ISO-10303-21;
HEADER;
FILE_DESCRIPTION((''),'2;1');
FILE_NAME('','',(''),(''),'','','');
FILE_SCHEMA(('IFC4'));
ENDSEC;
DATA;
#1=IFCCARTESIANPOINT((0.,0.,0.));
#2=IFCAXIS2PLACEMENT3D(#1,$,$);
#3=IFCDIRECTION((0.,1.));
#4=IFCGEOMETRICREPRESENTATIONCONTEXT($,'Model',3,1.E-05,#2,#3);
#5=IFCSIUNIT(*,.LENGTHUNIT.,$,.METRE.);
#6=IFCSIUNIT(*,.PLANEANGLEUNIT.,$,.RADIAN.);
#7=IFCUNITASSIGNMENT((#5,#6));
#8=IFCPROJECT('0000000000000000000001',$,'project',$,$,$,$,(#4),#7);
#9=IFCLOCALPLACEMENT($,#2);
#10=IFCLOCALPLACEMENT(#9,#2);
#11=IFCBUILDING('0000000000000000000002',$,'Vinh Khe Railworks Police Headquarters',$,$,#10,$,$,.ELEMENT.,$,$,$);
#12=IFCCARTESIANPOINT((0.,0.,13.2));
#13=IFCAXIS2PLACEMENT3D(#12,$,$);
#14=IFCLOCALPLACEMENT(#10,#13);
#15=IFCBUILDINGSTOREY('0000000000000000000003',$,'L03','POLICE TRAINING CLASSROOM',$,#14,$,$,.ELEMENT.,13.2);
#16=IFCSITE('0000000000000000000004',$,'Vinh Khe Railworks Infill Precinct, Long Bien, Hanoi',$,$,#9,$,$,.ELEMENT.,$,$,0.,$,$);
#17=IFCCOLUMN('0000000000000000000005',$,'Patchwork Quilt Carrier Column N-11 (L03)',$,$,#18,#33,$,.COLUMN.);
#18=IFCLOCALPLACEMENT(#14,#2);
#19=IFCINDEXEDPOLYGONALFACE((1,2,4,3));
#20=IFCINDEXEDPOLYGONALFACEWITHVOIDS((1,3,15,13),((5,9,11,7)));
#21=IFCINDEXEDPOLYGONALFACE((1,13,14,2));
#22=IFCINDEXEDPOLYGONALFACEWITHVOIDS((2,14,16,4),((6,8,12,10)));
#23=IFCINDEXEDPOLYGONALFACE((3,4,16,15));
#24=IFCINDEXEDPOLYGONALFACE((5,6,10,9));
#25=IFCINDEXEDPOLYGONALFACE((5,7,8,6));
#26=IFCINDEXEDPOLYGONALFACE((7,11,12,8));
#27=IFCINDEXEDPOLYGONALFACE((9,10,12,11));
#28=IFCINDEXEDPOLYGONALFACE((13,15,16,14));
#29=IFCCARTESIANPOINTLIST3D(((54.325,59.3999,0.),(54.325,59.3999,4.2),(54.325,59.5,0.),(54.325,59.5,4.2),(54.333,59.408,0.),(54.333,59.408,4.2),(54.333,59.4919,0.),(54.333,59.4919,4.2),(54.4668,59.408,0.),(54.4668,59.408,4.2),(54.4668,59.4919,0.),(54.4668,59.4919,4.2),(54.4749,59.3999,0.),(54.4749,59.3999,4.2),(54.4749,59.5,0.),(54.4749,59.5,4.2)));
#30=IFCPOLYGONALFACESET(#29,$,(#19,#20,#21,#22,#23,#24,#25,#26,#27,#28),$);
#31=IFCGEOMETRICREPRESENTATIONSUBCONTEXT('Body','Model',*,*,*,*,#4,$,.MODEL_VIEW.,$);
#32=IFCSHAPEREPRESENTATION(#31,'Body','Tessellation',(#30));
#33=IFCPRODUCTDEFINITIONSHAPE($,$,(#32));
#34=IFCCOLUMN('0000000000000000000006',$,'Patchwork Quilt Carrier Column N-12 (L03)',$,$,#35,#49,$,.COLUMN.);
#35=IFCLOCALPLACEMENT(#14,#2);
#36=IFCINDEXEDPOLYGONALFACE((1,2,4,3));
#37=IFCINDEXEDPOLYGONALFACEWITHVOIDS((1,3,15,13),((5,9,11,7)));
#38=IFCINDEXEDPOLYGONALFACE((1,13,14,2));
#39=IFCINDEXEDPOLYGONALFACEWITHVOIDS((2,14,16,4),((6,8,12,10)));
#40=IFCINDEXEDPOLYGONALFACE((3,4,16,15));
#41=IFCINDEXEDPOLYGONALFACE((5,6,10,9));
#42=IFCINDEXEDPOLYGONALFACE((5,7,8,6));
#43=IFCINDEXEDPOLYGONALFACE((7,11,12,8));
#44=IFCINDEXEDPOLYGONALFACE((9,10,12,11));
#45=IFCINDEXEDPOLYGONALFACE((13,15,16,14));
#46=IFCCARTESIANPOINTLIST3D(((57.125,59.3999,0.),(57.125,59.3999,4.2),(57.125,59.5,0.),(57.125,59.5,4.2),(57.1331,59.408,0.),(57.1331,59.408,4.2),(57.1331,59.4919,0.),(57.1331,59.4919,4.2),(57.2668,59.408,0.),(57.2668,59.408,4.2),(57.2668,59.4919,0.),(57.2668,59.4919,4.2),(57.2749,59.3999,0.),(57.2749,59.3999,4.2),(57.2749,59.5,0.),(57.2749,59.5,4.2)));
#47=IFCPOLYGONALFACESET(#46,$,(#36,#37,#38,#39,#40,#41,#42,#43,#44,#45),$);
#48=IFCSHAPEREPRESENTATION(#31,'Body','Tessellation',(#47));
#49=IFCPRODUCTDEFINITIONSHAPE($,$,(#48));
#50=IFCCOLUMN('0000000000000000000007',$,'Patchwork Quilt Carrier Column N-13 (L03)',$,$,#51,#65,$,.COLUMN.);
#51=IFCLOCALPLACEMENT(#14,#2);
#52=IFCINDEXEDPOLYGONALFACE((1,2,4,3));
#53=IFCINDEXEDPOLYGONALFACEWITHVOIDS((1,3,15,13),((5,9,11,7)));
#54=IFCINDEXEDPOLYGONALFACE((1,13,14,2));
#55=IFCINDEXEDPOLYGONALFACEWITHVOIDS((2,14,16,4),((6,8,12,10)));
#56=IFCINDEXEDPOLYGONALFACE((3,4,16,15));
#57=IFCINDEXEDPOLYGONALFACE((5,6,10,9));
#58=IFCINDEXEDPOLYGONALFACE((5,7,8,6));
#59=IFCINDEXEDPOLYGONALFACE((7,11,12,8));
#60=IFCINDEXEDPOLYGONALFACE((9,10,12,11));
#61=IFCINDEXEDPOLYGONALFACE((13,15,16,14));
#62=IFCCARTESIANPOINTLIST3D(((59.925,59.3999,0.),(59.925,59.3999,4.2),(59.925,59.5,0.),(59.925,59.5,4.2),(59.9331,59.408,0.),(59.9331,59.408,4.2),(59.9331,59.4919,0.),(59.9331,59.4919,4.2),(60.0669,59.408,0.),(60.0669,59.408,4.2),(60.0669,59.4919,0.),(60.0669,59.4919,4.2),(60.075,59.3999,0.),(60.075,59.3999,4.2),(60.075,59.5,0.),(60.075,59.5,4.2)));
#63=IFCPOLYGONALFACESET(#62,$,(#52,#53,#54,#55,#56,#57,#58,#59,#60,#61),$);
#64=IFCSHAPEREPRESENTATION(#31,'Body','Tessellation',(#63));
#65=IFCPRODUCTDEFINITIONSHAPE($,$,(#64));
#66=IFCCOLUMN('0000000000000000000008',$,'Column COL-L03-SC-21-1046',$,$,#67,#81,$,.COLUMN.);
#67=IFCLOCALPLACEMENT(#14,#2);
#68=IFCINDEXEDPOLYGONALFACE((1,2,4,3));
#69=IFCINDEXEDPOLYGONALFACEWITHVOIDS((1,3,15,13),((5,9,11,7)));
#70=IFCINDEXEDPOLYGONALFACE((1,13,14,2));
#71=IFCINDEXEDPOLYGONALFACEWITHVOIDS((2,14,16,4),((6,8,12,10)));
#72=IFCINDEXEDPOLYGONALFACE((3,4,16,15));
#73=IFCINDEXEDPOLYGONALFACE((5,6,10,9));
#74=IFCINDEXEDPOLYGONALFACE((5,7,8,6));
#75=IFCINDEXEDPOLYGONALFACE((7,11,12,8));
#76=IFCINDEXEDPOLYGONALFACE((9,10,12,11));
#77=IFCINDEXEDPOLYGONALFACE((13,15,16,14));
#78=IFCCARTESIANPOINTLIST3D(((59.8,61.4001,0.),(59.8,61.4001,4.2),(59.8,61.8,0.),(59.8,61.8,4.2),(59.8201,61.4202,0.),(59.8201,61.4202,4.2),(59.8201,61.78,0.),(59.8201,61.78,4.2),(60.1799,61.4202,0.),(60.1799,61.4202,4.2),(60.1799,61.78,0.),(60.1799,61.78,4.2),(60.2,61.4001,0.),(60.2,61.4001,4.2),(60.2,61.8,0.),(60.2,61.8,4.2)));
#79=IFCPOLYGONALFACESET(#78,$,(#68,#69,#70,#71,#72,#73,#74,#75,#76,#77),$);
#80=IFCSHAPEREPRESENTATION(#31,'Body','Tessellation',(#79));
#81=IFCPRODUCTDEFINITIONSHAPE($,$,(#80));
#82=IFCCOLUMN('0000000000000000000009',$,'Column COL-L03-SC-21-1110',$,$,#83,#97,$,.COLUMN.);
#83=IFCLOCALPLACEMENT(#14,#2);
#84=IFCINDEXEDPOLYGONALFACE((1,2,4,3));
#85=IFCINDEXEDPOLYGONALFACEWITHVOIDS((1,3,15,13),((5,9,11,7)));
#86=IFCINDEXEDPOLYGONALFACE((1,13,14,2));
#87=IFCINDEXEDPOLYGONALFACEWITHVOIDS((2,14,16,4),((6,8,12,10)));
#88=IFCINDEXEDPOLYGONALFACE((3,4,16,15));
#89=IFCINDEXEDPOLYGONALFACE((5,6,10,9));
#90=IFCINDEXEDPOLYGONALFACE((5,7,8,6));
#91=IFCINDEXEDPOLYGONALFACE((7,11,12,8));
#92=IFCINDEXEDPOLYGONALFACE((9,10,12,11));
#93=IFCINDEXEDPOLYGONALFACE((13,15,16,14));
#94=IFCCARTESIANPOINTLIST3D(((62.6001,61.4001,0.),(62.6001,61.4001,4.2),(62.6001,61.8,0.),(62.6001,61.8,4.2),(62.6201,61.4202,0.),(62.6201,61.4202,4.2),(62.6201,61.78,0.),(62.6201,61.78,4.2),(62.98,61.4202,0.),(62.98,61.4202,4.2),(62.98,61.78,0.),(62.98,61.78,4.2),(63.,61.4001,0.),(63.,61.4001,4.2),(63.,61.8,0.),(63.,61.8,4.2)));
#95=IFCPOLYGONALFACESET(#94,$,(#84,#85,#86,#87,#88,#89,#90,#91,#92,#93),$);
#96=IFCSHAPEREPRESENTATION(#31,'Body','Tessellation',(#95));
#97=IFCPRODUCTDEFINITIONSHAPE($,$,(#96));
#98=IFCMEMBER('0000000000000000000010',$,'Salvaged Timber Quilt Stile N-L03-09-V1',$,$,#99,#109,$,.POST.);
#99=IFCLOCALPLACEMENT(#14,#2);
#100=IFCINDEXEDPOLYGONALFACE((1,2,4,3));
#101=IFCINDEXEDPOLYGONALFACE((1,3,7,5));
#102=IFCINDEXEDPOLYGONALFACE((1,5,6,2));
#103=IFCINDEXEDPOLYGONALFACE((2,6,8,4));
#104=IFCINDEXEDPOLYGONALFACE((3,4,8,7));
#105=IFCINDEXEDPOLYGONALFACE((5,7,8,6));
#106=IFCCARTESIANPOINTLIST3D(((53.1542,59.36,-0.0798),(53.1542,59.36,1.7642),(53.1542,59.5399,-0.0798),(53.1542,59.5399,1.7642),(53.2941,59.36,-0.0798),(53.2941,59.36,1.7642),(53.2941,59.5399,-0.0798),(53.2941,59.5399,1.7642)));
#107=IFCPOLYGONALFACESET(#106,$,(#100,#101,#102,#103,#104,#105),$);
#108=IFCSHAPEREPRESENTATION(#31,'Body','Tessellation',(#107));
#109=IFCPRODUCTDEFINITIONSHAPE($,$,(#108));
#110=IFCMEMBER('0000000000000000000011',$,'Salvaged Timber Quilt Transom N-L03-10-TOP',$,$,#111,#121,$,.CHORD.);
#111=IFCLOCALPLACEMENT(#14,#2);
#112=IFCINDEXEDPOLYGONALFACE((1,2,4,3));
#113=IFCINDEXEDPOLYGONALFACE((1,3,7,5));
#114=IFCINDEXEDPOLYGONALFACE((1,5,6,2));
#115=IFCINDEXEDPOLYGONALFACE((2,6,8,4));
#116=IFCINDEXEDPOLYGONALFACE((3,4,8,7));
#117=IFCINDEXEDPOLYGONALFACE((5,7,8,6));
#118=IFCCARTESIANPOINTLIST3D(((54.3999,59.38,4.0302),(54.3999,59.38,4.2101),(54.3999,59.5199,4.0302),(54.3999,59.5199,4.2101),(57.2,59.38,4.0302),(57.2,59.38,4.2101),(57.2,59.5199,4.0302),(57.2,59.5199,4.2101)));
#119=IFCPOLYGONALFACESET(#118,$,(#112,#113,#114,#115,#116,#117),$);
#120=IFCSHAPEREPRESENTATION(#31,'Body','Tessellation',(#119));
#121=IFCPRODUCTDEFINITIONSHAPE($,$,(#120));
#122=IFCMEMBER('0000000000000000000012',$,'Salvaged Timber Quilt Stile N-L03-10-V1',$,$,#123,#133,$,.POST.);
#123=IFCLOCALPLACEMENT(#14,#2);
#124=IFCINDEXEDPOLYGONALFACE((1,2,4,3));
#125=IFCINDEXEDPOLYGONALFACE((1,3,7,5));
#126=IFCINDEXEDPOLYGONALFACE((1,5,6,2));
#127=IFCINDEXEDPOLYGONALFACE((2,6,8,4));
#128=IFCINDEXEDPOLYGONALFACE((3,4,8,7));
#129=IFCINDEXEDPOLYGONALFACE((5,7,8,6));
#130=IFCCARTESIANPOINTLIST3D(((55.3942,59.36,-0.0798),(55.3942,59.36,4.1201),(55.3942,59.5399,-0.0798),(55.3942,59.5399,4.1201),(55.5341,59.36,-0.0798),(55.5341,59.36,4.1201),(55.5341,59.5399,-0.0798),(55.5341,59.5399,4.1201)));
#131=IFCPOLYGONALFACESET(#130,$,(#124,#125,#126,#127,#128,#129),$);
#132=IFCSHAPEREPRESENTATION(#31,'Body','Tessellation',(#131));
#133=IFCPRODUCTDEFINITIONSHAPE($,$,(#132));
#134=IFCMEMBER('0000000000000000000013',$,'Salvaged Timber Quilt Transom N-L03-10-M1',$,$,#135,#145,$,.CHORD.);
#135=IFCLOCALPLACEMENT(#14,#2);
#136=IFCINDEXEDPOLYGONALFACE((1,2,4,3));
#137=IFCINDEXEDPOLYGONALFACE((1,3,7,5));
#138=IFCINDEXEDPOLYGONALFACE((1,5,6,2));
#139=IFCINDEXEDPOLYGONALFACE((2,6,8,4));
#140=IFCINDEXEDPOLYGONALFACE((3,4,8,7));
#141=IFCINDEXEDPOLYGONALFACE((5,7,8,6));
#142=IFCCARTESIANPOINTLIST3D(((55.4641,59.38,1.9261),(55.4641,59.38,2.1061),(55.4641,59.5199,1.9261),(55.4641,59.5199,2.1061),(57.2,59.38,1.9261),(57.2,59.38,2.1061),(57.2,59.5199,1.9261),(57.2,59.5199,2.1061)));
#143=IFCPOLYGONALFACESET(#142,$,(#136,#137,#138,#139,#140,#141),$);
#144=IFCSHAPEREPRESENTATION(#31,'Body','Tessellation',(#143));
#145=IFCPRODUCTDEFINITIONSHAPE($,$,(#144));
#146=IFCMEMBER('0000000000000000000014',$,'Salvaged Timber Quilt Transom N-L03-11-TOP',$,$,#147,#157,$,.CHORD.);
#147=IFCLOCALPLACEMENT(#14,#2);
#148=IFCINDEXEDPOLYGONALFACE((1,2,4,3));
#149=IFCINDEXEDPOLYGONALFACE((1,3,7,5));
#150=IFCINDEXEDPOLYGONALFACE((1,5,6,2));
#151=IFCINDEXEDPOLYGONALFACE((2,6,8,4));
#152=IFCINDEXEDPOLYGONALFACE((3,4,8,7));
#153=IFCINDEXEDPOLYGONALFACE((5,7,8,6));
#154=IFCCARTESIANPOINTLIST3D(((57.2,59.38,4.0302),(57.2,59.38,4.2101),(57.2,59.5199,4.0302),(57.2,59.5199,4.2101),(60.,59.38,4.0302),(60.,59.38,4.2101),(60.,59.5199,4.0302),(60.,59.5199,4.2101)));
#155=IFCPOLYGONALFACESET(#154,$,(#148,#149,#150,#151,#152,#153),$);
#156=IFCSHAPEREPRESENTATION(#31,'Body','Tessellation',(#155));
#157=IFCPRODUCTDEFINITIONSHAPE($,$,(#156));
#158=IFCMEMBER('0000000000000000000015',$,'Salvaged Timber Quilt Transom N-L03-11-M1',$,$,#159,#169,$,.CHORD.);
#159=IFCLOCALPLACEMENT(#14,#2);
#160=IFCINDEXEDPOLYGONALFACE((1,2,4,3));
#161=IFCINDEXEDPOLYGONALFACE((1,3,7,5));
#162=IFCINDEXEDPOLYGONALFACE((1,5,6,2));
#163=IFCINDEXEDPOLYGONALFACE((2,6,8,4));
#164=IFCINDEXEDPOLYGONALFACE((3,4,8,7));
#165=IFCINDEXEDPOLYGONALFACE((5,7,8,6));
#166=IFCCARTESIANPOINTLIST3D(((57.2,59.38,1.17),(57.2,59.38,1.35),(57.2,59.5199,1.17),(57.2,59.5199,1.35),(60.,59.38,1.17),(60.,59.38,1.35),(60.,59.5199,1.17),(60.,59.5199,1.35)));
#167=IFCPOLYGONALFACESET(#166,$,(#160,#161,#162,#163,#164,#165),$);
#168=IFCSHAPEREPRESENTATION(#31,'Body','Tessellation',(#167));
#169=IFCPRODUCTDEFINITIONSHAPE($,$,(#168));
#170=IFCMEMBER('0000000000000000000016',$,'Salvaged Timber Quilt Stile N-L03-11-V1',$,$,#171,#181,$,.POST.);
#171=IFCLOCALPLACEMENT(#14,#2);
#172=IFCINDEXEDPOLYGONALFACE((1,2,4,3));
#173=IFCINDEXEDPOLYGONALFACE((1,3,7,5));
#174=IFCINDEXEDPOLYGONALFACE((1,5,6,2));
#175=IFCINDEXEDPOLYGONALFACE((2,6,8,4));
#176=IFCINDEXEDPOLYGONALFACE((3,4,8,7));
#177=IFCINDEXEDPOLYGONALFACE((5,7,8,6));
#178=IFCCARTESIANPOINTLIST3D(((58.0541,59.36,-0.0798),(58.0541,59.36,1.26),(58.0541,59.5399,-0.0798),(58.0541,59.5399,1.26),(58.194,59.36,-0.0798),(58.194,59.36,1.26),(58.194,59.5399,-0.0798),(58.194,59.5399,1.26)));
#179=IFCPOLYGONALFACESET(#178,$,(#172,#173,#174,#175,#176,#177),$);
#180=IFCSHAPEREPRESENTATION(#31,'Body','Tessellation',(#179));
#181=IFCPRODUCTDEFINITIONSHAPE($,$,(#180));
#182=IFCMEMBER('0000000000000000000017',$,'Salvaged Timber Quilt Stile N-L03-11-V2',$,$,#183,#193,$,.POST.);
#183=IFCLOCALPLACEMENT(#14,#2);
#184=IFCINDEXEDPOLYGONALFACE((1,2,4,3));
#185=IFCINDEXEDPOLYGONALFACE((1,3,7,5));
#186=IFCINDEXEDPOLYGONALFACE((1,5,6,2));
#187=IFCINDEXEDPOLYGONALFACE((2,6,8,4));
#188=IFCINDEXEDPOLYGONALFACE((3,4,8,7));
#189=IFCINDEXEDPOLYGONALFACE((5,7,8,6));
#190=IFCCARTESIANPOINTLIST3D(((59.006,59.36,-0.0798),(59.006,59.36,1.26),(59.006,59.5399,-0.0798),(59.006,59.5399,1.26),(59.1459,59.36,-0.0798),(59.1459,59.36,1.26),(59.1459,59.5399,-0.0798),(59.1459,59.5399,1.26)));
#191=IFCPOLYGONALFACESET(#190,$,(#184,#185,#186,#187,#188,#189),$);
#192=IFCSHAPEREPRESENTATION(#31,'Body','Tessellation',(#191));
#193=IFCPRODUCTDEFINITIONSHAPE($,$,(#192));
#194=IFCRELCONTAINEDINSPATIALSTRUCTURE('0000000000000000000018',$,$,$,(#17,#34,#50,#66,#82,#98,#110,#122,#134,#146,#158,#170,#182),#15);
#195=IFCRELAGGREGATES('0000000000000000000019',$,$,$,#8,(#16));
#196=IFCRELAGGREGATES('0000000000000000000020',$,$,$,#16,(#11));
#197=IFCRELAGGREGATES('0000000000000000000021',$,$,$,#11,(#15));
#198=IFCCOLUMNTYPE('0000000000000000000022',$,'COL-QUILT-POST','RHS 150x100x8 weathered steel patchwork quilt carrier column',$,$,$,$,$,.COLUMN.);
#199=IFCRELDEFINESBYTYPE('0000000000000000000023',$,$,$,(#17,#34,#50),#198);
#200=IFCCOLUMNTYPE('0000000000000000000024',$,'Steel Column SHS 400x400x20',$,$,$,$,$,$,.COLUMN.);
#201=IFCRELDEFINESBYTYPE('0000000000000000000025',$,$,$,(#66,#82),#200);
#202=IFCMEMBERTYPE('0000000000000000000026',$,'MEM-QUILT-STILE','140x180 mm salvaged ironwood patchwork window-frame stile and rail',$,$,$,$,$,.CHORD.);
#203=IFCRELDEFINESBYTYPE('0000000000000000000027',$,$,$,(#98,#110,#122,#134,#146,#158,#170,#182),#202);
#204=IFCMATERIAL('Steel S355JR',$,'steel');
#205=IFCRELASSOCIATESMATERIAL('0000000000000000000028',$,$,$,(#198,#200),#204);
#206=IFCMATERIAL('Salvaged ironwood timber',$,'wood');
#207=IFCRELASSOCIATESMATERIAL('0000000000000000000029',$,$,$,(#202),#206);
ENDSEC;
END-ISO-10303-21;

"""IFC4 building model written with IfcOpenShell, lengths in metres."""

from ifc_helpers import new_model, si_unit, direction, frame, origin, origin_2d, place, context, subcontext, project, spatial, rectangle, hollow_rectangle, extrude, material, material_profile, profile_set, type_object, element, save


model = new_model("IFC4")

# Units and contexts
model_context = context("Model", 3, precision=1e-05, world=origin(), true_north=direction((0.0, 1.0)))
body_context = subcontext(model_context, "Body", "Model", "MODEL_VIEW")
ifc_project = project(units=[si_unit("LENGTHUNIT", "METRE"), si_unit("PLANEANGLEUNIT", "RADIAN")], contexts=[model_context])

# Site, building, storey
site_placement = place(None, origin())
site = spatial("IfcSite", under=ifc_project, at=site_placement, Name="Vinh Khe Railworks Infill Precinct, Long Bien, Hanoi", CompositionType="ELEMENT", RefElevation=0.0)
building_placement = place(site_placement, origin())
building = spatial("IfcBuilding", under=site, at=building_placement, Name="Vinh Khe Railworks Police Headquarters", CompositionType="ELEMENT")
storey_placement = place(building_placement, frame((0.0, 0.0, 13.2)))
storey = spatial("IfcBuildingStorey", under=building, at=storey_placement, Name="L03", Description="POLICE TRAINING CLASSROOM", CompositionType="ELEMENT", Elevation=13.2)

# Columns
ifc_material_1 = material(Name="Steel S355JR", Category="steel")
ifc_material_profile_1 = material_profile(ifc_material_1, hollow_rectangle(XDim=0.1499, YDim=0.1001, WallThickness=0.0081, at=origin_2d()), Name="RHS 150x100x8")
ifc_profile_set_1 = profile_set([ifc_material_profile_1], Name="Steel S355JR")
column_type_1 = type_object("IfcColumnType", Name="COL-QUILT-POST", Description="RHS 150x100x8 weathered steel patchwork quilt carrier column", PredefinedType="COLUMN", material=ifc_profile_set_1)
for number, where, z_axis, x_axis, name in (
    (1, (54.3999, 59.45, 0.0), (0.0, 0.0, 1.0), (1.0, 0.0, 0.0), "Patchwork Quilt Carrier Column N-11 (L03)"),
    (2, (57.2, 59.45, 0.0), (0.0, 0.0, 1.0), (1.0, 0.0, 0.0), "Patchwork Quilt Carrier Column N-12 (L03)"),
    (3, (60.0, 59.45, 0.0), (0.0, 0.0, 1.0), (1.0, 0.0, 0.0), "Patchwork Quilt Carrier Column N-13 (L03)"),
):
    element("IfcColumn", number, at=place(storey_placement, frame(where, z_axis=z_axis, x_axis=x_axis)), inside=storey, type_object=column_type_1, Name=name, PredefinedType="COLUMN", context=body_context, shape_type="SweptSolid", body=[
        extrude(hollow_rectangle(XDim=0.1499, YDim=0.1001, WallThickness=0.0081, at=origin_2d()), origin(), (0.0, 0.0, 1.0), 4.2),
    ])
ifc_material_profile_2 = material_profile(ifc_material_1, hollow_rectangle(XDim=0.3999, YDim=0.3999, WallThickness=0.02, at=origin_2d()), Name="SHS 400x400x20")
ifc_profile_set_2 = profile_set([ifc_material_profile_2], Name="Steel S355JR")
column_type_2 = type_object("IfcColumnType", Name="Steel Column SHS 400x400x20", PredefinedType="COLUMN", material=ifc_profile_set_2)
for number, where, z_axis, x_axis, name in (
    (4, (60.0, 61.6001, 0.0), (0.0, 0.0, 1.0), (1.0, 0.0, 0.0), "Column COL-L03-SC-21-1046"),
    (5, (62.8, 61.6001, 0.0), (0.0, 0.0, 1.0), (1.0, 0.0, 0.0), "Column COL-L03-SC-21-1110"),
):
    element("IfcColumn", number, at=place(storey_placement, frame(where, z_axis=z_axis, x_axis=x_axis)), inside=storey, type_object=column_type_2, Name=name, PredefinedType="COLUMN", context=body_context, shape_type="SweptSolid", body=[
        extrude(hollow_rectangle(XDim=0.3999, YDim=0.3999, WallThickness=0.02, at=origin_2d()), origin(), (0.0, 0.0, 1.0), 4.2),
    ])

# Members
ifc_material_2 = material(Name="Salvaged ironwood timber", Category="wood")
ifc_material_profile_3 = material_profile(ifc_material_2, rectangle(XDim=0.1399, YDim=0.1799, at=origin_2d()), Name="TIMBER 140x180")
ifc_profile_set_3 = profile_set([ifc_material_profile_3], Name="Salvaged ironwood timber")
member_type = type_object("IfcMemberType", Name="MEM-QUILT-STILE", Description="140x180 mm salvaged ironwood patchwork window-frame stile and rail", PredefinedType="CHORD", material=ifc_profile_set_3)
member_1_placement = place(storey_placement, frame((53.2241, 59.45, -0.0798), z_axis=(0.0, 0.0, 1.0), x_axis=(1.0, 0.0, 0.0)))
element("IfcMember", 6, at=member_1_placement, inside=storey, type_object=member_type, Name="Salvaged Timber Quilt Stile N-L03-09-V1", PredefinedType="POST", context=body_context, shape_type="SweptSolid", body=[
    extrude(rectangle(XDim=0.1399, YDim=0.1799, at=origin_2d()), origin(), (0.0, 0.0, 1.0), 1.844),
])
member_2_placement = place(storey_placement, frame((54.3999, 59.45, 4.1201), z_axis=(1.0, 0.0, 0.0), x_axis=(0.0, 1.0, 0.0)))
element("IfcMember", 7, at=member_2_placement, inside=storey, type_object=member_type, Name="Salvaged Timber Quilt Transom N-L03-10-TOP", PredefinedType="CHORD", context=body_context, shape_type="SweptSolid", body=[
    extrude(rectangle(XDim=0.1399, YDim=0.1799, at=origin_2d()), origin(), (0.0, 0.0, 1.0), 2.8),
])
member_3_placement = place(storey_placement, frame((55.4641, 59.45, -0.0798), z_axis=(0.0, 0.0, 1.0), x_axis=(1.0, 0.0, 0.0)))
element("IfcMember", 8, at=member_3_placement, inside=storey, type_object=member_type, Name="Salvaged Timber Quilt Stile N-L03-10-V1", PredefinedType="POST", context=body_context, shape_type="SweptSolid", body=[
    extrude(rectangle(XDim=0.1399, YDim=0.1799, at=origin_2d()), origin(), (0.0, 0.0, 1.0), 4.2),
])
member_4_placement = place(storey_placement, frame((55.4641, 59.45, 2.0161), z_axis=(1.0, 0.0, 0.0), x_axis=(0.0, 1.0, 0.0)))
element("IfcMember", 9, at=member_4_placement, inside=storey, type_object=member_type, Name="Salvaged Timber Quilt Transom N-L03-10-M1", PredefinedType="CHORD", context=body_context, shape_type="SweptSolid", body=[
    extrude(rectangle(XDim=0.1399, YDim=0.1799, at=origin_2d()), origin(), (0.0, 0.0, 1.0), 1.7358),
])
for number, where, z_axis, x_axis, name in (
    (10, (57.2, 59.45, 4.1201), (1.0, 0.0, 0.0), (0.0, 1.0, 0.0), "Salvaged Timber Quilt Transom N-L03-11-TOP"),
    (11, (57.2, 59.45, 1.26), (1.0, 0.0, 0.0), (0.0, 1.0, 0.0), "Salvaged Timber Quilt Transom N-L03-11-M1"),
):
    element("IfcMember", number, at=place(storey_placement, frame(where, z_axis=z_axis, x_axis=x_axis)), inside=storey, type_object=member_type, Name=name, PredefinedType="CHORD", context=body_context, shape_type="SweptSolid", body=[
        extrude(rectangle(XDim=0.1399, YDim=0.1799, at=origin_2d()), origin(), (0.0, 0.0, 1.0), 2.8),
    ])
for number, where, z_axis, x_axis, name in (
    (12, (58.124, 59.45, -0.0798), (0.0, 0.0, 1.0), (1.0, 0.0, 0.0), "Salvaged Timber Quilt Stile N-L03-11-V1"),
    (13, (59.0759, 59.45, -0.0798), (0.0, 0.0, 1.0), (1.0, 0.0, 0.0), "Salvaged Timber Quilt Stile N-L03-11-V2"),
):
    element("IfcMember", number, at=place(storey_placement, frame(where, z_axis=z_axis, x_axis=x_axis)), inside=storey, type_object=member_type, Name=name, PredefinedType="POST", context=body_context, shape_type="SweptSolid", body=[
        extrude(rectangle(XDim=0.1399, YDim=0.1799, at=origin_2d()), origin(), (0.0, 0.0, 1.0), 1.3398),
    ])

save(model, "model.ifc")
